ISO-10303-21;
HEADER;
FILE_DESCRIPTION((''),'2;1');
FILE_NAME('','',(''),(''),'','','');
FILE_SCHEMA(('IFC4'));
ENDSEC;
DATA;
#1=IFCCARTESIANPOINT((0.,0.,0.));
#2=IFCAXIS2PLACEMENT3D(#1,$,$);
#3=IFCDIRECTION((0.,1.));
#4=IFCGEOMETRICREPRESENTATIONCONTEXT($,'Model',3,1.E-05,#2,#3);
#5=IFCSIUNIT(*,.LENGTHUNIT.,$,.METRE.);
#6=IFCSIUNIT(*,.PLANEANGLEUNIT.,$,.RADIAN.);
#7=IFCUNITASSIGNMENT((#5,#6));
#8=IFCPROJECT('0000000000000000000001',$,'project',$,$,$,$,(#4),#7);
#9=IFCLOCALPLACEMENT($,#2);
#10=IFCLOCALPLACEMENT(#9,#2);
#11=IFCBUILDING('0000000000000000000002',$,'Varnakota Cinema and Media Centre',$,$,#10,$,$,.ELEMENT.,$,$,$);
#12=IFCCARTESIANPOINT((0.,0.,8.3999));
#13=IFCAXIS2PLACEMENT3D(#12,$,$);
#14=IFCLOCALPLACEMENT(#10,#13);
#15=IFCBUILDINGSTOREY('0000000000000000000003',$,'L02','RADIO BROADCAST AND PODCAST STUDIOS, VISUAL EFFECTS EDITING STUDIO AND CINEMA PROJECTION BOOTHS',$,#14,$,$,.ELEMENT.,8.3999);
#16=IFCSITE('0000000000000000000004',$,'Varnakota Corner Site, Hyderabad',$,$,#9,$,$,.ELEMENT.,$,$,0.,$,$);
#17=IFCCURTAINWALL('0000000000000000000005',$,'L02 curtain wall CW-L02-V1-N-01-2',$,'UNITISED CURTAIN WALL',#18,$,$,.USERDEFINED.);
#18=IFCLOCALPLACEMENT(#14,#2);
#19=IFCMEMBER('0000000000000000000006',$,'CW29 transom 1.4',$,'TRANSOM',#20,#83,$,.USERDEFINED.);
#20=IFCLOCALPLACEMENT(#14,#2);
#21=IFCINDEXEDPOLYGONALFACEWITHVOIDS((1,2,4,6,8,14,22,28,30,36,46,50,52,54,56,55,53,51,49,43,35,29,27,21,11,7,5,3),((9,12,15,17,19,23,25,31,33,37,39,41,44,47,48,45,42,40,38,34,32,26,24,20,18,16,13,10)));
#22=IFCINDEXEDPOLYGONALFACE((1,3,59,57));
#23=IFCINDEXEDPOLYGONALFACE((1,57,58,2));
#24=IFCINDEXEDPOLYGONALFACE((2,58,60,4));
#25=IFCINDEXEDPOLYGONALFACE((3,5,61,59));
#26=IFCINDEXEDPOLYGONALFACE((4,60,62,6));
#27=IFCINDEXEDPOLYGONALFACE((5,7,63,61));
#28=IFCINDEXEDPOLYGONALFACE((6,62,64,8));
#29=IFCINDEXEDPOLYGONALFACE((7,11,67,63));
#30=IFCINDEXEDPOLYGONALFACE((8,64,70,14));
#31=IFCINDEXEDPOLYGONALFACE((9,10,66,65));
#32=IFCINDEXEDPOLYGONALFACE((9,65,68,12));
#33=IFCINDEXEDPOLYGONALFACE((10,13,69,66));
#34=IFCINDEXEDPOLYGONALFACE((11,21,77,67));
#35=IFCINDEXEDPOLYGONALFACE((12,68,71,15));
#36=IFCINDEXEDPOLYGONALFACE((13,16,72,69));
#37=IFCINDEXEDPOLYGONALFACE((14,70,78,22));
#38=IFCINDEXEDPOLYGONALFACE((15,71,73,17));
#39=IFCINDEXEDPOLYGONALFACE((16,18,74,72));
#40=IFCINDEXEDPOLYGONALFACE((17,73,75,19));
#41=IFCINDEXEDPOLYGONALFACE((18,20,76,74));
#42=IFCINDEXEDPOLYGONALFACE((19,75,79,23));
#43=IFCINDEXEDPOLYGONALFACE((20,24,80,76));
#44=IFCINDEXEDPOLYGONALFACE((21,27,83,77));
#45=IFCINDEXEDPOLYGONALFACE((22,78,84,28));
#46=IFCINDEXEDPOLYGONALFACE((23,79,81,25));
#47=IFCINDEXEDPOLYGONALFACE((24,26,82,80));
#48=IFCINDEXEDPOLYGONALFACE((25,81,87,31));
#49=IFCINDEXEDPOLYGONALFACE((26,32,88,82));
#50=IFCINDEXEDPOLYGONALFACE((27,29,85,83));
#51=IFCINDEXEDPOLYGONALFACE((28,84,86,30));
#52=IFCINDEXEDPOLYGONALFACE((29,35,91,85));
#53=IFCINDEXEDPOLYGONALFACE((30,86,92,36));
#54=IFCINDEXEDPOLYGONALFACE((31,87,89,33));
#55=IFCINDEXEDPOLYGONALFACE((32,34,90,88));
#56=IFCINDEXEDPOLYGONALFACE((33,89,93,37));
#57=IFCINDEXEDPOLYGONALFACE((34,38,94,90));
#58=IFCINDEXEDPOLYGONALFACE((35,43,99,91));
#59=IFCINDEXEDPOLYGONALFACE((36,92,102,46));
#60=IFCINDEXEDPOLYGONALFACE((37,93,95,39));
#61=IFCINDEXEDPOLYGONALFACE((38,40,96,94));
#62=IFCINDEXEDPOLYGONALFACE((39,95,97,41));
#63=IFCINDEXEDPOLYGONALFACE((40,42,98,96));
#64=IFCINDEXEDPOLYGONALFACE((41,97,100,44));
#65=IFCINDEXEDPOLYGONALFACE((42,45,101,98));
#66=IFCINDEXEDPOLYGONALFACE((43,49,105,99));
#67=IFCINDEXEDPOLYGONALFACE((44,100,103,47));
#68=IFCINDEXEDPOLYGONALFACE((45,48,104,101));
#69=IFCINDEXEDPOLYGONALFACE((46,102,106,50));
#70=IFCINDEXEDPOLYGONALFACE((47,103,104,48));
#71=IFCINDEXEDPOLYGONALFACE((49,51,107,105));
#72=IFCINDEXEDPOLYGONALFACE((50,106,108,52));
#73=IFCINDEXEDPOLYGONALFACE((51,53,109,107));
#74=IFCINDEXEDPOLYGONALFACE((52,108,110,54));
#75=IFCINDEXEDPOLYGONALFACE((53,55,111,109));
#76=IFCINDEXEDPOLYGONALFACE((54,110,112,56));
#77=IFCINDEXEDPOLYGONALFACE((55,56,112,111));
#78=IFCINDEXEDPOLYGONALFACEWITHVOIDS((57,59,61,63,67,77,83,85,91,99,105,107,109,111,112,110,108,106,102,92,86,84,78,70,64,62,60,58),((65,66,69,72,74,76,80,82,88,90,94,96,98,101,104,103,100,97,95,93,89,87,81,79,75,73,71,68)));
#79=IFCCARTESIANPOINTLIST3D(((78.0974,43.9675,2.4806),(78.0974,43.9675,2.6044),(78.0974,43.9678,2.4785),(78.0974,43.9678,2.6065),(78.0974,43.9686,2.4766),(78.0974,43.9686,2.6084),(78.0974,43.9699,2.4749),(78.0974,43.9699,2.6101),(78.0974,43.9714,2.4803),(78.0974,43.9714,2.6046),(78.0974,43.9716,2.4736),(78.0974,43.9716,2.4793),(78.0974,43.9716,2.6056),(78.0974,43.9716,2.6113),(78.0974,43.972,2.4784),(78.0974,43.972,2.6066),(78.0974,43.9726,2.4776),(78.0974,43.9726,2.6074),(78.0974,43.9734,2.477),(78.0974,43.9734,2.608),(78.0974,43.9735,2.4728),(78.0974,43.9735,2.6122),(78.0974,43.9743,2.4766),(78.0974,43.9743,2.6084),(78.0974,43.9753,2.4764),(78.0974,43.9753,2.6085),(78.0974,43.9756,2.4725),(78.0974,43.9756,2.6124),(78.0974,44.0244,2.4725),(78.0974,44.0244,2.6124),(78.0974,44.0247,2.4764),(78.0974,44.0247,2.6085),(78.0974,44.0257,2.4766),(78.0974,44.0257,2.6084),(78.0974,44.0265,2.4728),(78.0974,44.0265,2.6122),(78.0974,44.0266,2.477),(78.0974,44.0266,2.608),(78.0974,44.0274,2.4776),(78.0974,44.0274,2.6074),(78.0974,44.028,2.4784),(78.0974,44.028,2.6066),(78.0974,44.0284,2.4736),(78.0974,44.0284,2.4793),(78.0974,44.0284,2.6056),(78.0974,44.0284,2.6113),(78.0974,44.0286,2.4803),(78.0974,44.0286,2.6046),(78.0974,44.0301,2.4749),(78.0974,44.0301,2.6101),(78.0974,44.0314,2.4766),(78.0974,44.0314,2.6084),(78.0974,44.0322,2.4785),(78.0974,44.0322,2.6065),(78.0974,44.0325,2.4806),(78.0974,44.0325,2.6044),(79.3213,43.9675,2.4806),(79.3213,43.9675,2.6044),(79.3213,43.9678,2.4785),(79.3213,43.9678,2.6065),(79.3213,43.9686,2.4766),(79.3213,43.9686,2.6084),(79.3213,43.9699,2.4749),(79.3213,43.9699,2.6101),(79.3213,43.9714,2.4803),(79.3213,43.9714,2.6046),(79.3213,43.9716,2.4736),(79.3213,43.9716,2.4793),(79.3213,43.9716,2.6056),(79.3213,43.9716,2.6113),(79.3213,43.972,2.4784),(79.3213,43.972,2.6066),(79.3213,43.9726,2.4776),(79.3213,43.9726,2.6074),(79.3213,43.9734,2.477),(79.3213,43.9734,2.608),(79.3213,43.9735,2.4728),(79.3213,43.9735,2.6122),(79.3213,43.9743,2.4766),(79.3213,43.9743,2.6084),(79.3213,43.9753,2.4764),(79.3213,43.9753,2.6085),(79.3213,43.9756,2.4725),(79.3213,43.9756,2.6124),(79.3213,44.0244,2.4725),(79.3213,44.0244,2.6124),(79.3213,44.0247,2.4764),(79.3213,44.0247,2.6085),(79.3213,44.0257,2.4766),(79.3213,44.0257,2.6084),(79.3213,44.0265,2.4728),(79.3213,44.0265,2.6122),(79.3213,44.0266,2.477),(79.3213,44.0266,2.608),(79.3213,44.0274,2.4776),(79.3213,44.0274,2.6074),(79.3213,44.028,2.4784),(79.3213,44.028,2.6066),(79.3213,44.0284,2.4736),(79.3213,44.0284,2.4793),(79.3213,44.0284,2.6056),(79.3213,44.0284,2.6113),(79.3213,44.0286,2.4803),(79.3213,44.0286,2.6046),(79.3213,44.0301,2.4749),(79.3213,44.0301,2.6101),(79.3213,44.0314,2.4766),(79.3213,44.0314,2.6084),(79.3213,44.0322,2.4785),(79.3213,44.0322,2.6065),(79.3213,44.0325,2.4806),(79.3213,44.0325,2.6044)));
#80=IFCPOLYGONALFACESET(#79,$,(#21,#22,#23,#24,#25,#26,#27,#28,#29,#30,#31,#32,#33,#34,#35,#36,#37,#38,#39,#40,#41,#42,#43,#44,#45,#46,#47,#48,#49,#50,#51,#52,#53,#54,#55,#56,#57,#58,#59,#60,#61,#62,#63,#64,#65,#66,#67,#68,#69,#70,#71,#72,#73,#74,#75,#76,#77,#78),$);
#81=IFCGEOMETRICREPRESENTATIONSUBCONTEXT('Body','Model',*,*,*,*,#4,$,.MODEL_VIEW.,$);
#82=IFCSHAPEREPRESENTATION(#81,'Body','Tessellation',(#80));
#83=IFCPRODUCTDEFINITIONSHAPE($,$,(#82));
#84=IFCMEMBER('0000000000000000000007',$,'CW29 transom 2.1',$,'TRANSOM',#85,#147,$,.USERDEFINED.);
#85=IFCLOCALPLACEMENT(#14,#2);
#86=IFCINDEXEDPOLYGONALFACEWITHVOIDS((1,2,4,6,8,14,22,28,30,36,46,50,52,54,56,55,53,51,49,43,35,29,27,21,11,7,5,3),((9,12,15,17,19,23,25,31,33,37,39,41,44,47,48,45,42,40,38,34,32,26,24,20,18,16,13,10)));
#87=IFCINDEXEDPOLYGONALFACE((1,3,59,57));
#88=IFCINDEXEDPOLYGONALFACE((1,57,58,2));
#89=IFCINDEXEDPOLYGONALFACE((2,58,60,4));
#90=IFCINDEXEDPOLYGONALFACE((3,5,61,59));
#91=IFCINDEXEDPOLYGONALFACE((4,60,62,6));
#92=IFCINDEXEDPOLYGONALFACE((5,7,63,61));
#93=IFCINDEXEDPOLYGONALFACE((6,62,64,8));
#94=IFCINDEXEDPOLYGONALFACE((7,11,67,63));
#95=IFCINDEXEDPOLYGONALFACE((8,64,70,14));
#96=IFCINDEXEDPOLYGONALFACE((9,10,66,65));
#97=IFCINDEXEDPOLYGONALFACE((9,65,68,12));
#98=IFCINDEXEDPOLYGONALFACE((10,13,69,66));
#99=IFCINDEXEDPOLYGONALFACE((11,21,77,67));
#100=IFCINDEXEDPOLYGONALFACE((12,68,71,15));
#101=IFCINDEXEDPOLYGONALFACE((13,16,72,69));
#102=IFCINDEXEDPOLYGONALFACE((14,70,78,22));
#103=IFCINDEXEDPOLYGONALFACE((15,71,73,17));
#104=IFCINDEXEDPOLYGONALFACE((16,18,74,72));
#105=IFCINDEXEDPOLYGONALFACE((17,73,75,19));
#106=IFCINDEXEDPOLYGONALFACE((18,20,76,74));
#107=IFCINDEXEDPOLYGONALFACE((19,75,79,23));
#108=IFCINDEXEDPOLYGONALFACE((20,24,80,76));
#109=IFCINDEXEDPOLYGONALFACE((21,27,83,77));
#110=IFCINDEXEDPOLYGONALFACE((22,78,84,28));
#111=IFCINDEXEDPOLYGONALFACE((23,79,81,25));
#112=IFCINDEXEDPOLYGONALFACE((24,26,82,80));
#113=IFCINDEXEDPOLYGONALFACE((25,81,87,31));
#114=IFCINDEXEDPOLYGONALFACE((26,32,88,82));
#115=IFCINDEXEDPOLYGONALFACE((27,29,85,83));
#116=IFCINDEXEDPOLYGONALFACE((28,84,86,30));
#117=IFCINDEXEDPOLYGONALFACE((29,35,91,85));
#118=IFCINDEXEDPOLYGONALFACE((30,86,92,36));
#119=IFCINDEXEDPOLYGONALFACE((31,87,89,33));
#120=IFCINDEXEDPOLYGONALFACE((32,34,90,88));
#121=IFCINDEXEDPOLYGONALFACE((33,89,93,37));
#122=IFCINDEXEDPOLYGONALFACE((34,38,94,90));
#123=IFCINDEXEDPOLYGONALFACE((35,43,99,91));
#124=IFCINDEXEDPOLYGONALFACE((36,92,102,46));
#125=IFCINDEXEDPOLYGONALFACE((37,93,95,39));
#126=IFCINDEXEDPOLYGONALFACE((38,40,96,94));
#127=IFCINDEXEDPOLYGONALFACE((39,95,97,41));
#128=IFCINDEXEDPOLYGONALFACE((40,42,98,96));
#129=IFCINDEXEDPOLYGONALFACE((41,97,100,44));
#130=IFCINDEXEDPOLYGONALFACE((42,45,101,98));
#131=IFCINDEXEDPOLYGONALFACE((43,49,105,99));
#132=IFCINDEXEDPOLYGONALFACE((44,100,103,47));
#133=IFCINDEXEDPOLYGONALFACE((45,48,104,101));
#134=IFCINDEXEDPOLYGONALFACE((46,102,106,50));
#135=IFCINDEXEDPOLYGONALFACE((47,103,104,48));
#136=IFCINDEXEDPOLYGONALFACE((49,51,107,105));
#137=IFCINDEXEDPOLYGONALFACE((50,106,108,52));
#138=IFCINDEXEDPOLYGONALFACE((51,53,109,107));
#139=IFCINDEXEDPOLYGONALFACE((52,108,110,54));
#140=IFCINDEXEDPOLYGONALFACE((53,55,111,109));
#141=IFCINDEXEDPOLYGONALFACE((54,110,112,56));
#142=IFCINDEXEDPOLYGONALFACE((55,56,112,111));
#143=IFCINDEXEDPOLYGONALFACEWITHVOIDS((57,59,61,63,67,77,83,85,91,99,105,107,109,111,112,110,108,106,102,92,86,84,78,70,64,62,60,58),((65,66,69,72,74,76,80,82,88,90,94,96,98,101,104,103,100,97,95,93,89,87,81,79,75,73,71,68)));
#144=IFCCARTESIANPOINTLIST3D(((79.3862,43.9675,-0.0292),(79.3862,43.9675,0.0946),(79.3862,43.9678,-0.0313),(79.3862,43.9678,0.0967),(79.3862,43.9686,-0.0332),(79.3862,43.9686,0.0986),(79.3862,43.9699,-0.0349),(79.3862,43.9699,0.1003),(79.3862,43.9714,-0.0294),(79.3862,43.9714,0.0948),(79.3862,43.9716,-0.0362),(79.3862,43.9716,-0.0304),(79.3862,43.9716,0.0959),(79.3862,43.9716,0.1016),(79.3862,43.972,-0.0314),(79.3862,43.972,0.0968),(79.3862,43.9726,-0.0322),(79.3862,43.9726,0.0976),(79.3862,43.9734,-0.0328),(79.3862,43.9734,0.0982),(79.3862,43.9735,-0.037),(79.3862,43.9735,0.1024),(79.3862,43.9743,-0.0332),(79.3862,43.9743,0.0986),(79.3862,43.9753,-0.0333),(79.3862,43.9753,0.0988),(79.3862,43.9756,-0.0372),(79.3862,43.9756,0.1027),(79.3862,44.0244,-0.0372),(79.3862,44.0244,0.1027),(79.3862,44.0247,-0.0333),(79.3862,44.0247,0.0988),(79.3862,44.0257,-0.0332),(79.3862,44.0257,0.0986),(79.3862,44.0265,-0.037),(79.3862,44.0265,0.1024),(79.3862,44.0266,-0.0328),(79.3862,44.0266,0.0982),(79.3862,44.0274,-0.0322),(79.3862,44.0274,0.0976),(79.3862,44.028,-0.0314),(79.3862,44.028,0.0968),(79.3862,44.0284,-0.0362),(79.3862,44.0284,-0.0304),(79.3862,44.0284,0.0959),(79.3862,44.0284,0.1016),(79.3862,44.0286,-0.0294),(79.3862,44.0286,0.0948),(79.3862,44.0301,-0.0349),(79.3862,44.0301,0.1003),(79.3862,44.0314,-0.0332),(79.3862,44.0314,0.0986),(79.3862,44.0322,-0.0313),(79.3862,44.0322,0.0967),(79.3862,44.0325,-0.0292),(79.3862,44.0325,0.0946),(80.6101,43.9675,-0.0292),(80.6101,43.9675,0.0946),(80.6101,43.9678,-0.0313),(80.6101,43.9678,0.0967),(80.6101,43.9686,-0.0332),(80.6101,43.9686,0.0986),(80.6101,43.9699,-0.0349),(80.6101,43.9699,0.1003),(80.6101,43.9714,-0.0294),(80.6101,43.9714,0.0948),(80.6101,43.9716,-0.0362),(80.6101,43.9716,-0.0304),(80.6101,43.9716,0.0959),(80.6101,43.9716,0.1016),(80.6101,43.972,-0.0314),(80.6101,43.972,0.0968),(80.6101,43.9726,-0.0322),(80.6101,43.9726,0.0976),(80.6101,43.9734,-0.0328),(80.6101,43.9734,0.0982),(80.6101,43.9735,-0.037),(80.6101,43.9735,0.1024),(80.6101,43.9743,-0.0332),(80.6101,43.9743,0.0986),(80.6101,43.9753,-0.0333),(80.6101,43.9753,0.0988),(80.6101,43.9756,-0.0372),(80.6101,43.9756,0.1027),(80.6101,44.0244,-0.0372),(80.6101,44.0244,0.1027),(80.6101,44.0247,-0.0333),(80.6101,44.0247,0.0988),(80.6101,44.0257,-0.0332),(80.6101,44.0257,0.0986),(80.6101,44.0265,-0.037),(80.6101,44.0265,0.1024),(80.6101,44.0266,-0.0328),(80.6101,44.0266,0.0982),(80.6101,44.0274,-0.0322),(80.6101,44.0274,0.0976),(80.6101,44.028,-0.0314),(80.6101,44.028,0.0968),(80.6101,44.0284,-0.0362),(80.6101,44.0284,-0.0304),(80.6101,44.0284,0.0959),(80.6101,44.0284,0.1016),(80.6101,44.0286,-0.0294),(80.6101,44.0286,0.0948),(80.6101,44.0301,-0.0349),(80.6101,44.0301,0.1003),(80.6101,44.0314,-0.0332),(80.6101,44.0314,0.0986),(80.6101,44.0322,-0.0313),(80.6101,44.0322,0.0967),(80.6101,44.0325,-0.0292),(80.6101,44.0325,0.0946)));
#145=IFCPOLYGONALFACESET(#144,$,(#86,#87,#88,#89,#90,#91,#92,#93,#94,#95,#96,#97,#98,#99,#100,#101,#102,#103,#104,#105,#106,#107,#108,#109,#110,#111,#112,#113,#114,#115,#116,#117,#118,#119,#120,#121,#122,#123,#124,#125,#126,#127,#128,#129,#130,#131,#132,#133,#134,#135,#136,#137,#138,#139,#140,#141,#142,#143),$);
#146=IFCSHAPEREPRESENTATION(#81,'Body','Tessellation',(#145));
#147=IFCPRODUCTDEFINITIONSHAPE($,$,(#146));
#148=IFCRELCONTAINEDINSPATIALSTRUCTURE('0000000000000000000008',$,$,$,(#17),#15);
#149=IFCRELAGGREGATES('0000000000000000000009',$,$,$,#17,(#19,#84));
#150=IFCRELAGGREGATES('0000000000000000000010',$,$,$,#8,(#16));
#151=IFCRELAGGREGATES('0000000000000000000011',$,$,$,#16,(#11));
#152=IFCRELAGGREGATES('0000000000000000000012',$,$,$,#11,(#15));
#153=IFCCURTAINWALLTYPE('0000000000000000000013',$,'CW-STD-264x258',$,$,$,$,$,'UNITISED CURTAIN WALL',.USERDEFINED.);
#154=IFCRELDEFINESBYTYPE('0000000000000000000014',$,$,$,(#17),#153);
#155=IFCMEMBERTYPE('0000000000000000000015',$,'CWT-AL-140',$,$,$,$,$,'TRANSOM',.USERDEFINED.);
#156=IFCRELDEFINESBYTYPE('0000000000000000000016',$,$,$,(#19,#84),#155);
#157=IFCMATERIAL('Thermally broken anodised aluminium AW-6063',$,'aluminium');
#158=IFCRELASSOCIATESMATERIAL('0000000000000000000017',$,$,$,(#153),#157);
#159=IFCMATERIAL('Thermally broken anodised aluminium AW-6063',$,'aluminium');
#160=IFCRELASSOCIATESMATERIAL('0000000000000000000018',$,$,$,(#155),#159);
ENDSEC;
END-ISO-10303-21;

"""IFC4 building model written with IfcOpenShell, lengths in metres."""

from ifc_helpers import new_model, si_unit, direction, frame, origin, origin_2d, place, context, subcontext, project, spatial, hollow_rectangle, extrude, material, material_profile, profile_set, type_object, element, aggregate, save


model = new_model("IFC4")

# Units and contexts
model_context = context("Model", 3, precision=1e-05, world=origin(), true_north=direction((0.0, 1.0)))
body_context = subcontext(model_context, "Body", "Model", "MODEL_VIEW")
ifc_project = project(units=[si_unit("LENGTHUNIT", "METRE"), si_unit("PLANEANGLEUNIT", "RADIAN")], contexts=[model_context])

# Site, building, storey
site_placement = place(None, origin())
site = spatial("IfcSite", under=ifc_project, at=site_placement, Name="Varnakota Corner Site, Hyderabad", CompositionType="ELEMENT", RefElevation=0.0)
building_placement = place(site_placement, origin())
building = spatial("IfcBuilding", under=site, at=building_placement, Name="Varnakota Cinema and Media Centre", CompositionType="ELEMENT")
storey_placement = place(building_placement, frame((0.0, 0.0, 8.3999)))
storey = spatial("IfcBuildingStorey", under=building, at=storey_placement, Name="L02", Description="RADIO BROADCAST AND PODCAST STUDIOS, VISUAL EFFECTS EDITING STUDIO AND CINEMA PROJECTION BOOTHS", CompositionType="ELEMENT", Elevation=8.3999)

# Shared definitions
ifc_material_1 = material(Name="Thermally broken anodised aluminium AW-6063", Category="aluminium")
curtain_wall_type = type_object("IfcCurtainWallType", Name="CW-STD-264x258", ElementType="UNITISED CURTAIN WALL", PredefinedType="USERDEFINED", material=ifc_material_1)

# Curtain wall
curtain_wall_1_placement = place(storey_placement, origin())
curtain_wall_1 = element("IfcCurtainWall", 1, at=curtain_wall_1_placement, inside=storey, type_object=curtain_wall_type, Name="L02 curtain wall CW-L02-V1-N-01-2", ObjectType="UNITISED CURTAIN WALL", PredefinedType="USERDEFINED")

# Members
ifc_material_2 = material(Name="Thermally broken anodised aluminium AW-6063", Category="aluminium")
ifc_material_profile_1 = material_profile(ifc_material_2, hollow_rectangle(XDim=0.0649, YDim=0.1399, WallThickness=0.0039, InnerFilletRadius=0.0039, OuterFilletRadius=0.0081, at=origin_2d()), Name="AL-TRANSOM 140x65x4")
ifc_profile_set_1 = profile_set([ifc_material_profile_1], Name="Thermally broken anodised aluminium AW-6063")
member_type_1 = type_object("IfcMemberType", Name="CWT-AL-140", ElementType="TRANSOM", PredefinedType="USERDEFINED", material=ifc_profile_set_1)
member_1_placement = place(storey_placement, frame((78.0974, 44.0, 2.5425), z_axis=(1.0, 0.0, 0.0), x_axis=(0.0, 1.0, 0.0)))
member_1 = element("IfcMember", 2, at=member_1_placement, type_object=member_type_1, Name="CW29 transom 1.4", ObjectType="TRANSOM", PredefinedType="USERDEFINED", context=body_context, shape_type="SweptSolid", body=[
    extrude(hollow_rectangle(XDim=0.0649, YDim=0.1399, WallThickness=0.0039, InnerFilletRadius=0.0039, OuterFilletRadius=0.0081, at=origin_2d()), origin(), (0.0, 0.0, 1.0), 1.2239),
])
member_2_placement = place(storey_placement, frame((79.3862, 44.0, 0.0327), z_axis=(1.0, 0.0, 0.0), x_axis=(0.0, 1.0, 0.0)))
member_2 = element("IfcMember", 3, at=member_2_placement, type_object=member_type_1, Name="CW29 transom 2.1", ObjectType="TRANSOM", PredefinedType="USERDEFINED", context=body_context, shape_type="SweptSolid", body=[
    extrude(hollow_rectangle(XDim=0.0649, YDim=0.1399, WallThickness=0.0039, InnerFilletRadius=0.0039, OuterFilletRadius=0.0081, at=origin_2d()), origin(), (0.0, 0.0, 1.0), 1.2239),
])

aggregate(curtain_wall_1, [member_1, member_2])

save(model, "model.ifc")
